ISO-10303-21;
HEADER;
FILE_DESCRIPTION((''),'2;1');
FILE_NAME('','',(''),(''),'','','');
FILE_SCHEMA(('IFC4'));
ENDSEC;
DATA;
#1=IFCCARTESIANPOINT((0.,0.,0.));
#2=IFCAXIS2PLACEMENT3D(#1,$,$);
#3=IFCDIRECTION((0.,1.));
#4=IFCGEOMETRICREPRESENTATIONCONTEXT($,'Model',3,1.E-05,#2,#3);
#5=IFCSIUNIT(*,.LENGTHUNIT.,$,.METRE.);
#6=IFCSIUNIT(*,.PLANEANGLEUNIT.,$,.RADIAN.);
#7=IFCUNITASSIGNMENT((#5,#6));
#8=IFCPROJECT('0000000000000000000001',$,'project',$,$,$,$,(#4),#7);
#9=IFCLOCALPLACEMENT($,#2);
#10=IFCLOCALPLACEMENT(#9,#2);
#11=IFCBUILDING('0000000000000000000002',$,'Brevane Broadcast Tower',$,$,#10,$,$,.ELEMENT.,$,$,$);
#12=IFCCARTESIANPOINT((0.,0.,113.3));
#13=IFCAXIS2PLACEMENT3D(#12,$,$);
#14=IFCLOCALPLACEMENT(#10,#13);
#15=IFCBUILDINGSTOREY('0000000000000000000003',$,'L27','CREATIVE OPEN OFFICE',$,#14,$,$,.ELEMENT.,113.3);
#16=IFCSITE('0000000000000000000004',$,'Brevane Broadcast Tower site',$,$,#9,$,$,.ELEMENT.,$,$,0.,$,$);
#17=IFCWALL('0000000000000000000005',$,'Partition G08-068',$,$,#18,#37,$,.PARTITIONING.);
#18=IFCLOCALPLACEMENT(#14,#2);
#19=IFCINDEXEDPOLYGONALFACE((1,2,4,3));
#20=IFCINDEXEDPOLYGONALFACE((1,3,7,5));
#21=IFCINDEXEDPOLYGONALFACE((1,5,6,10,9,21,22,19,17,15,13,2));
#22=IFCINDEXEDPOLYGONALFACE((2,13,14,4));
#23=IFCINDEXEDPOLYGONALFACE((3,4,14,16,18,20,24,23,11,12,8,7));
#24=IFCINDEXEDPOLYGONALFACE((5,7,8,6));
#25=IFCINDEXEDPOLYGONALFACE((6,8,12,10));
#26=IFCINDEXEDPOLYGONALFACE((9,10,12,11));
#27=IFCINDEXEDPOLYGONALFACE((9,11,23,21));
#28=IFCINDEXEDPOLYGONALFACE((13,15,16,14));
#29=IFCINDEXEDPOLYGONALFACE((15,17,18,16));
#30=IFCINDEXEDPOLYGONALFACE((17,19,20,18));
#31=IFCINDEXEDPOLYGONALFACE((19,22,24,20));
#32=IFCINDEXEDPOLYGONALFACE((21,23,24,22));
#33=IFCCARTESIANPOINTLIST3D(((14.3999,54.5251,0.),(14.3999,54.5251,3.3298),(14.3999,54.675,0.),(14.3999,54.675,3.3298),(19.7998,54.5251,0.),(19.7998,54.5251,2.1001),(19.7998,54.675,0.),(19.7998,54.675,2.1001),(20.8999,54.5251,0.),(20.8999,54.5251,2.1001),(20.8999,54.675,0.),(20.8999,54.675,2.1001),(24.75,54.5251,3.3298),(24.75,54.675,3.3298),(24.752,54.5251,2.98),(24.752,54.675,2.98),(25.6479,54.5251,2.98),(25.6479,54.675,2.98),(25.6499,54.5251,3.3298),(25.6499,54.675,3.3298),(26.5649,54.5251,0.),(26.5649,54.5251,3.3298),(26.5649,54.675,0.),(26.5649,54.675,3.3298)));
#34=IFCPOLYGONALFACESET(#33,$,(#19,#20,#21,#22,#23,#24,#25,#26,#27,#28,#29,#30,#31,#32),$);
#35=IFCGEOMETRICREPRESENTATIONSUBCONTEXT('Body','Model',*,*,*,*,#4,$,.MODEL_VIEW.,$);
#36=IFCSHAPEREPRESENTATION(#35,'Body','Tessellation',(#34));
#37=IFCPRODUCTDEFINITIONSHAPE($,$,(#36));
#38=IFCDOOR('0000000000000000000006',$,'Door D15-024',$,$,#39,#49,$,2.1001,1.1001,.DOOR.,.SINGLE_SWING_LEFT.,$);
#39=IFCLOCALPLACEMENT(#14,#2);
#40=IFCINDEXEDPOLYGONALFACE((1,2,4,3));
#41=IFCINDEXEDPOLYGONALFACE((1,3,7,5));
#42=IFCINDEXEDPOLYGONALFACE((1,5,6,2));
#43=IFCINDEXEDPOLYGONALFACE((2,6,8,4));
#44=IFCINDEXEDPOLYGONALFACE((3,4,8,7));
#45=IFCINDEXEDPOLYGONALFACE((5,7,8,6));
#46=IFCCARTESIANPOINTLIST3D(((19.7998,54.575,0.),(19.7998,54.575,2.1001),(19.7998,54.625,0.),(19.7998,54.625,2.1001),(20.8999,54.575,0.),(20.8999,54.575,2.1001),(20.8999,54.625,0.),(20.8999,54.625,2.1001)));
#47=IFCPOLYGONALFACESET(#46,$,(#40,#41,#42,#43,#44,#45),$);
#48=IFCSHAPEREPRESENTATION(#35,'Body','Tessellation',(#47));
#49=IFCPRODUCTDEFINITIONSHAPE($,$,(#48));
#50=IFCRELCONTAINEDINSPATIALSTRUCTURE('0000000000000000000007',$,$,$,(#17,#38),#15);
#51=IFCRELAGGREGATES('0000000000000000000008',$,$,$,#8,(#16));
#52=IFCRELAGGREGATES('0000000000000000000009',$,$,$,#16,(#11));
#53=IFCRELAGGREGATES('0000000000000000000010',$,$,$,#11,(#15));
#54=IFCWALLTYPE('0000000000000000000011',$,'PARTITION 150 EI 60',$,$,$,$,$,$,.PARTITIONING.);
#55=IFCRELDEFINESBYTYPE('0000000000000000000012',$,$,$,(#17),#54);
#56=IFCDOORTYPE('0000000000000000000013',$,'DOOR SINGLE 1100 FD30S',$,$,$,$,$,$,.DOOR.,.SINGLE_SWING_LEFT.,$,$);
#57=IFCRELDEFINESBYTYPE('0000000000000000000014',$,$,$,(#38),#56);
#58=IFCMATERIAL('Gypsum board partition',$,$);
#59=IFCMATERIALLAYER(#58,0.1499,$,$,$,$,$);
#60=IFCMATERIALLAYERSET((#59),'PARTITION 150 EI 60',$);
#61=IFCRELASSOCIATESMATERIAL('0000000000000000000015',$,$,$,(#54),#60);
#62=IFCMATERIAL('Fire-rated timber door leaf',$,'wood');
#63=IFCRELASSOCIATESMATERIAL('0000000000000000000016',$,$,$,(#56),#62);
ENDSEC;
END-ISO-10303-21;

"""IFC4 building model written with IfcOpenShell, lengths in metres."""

from ifc_helpers import new_model, si_unit, direction, frame, frame_2d, origin, place, context, subcontext, project, spatial, polyline, rectangle, outline, extrude, material, layer, layer_set, type_object, element, fill, save


model = new_model("IFC4")

# Units and contexts
model_context = context("Model", 3, precision=1e-05, world=origin(), true_north=direction((0.0, 1.0)))
body_context = subcontext(model_context, "Body", "Model", "MODEL_VIEW")
ifc_project = project(units=[si_unit("LENGTHUNIT", "METRE"), si_unit("PLANEANGLEUNIT", "RADIAN")], contexts=[model_context])

# Site, building, storey
site_placement = place(None, origin())
site = spatial("IfcSite", under=ifc_project, at=site_placement, Name="Brevane Broadcast Tower site", CompositionType="ELEMENT", RefElevation=0.0)
building_placement = place(site_placement, origin())
building = spatial("IfcBuilding", under=site, at=building_placement, Name="Brevane Broadcast Tower", CompositionType="ELEMENT")
storey_placement = place(building_placement, frame((0.0, 0.0, 113.3)))
storey = spatial("IfcBuildingStorey", under=building, at=storey_placement, Name="L27", Description="CREATIVE OPEN OFFICE", CompositionType="ELEMENT", Elevation=113.3)

# Shared definitions
ifc_material_1 = material(Name="Gypsum board partition")

# Shared definitions
ifc_layer_1 = layer(ifc_material_1, 0.1499)
ifc_layer_set_1 = layer_set([ifc_layer_1], Name="PARTITION 150 EI 60")
wall_type_1 = type_object("IfcWallType", Name="PARTITION 150 EI 60", PredefinedType="PARTITIONING", material=ifc_layer_set_1)
ifc_material_2 = material(Name="Fire-rated timber door leaf", Category="wood")

# Wall, opening, door
door_type_1 = type_object("IfcDoorType", Name="DOOR SINGLE 1100 FD30S", OperationType="SINGLE_SWING_LEFT", PredefinedType="DOOR", material=ifc_material_2)
wall_1_placement = place(storey_placement, frame((14.3999, 54.6001, 0.0), z_axis=(0.0, 0.0, 1.0), x_axis=(1.0, 0.0, 0.0)))
wall_1 = element("IfcWall", 1, at=wall_1_placement, inside=storey, type_object=wall_type_1, Name="Partition G08-068", PredefinedType="PARTITIONING", context=body_context, shape_type="SweptSolid", body=[
    extrude(outline(polyline([(0.0, 0.0), (12.165, 0.0), (12.165, 3.3298), (11.8999, 3.3298), (11.25, 3.3298), (11.248, 2.98), (10.3521, 2.98), (10.3501, 3.3298), (0.0, 3.3298), (0.0, 0.0)])), frame((0.0, 0.075, 0.0), z_axis=(0.0, -1.0, 0.0), x_axis=(1.0, 0.0, 0.0)), (0.0, 0.0, 1.0), 0.1499),
])
opening_1_placement = place(wall_1_placement, frame((5.3999, 0.0, 0.0)))
opening_1 = element("IfcOpeningElement", 2, at=opening_1_placement, cuts=wall_1, PredefinedType="OPENING", context=body_context, shape_type="SweptSolid", body=[
    extrude(rectangle(XDim=1.1001, YDim=2.1001, at=frame_2d((0.55, 1.05))), frame((0.0, 0.085, 0.0), z_axis=(0.0, -1.0, 0.0), x_axis=(1.0, 0.0, 0.0)), (0.0, 0.0, 1.0), 0.1699),
])
door_1_placement = place(opening_1_placement, origin())
door_1 = element("IfcDoor", 3, at=door_1_placement, inside=storey, type_object=door_type_1, Name="Door D15-024", OperationType="SINGLE_SWING_LEFT", OverallHeight=2.1001, OverallWidth=1.1001, PredefinedType="DOOR", context=body_context, shape_type="SweptSolid", body=[
    extrude(rectangle(XDim=1.1001, YDim=2.1001, at=frame_2d((0.55, 1.05))), frame((0.0, 0.0249, 0.0), z_axis=(0.0, -1.0, 0.0), x_axis=(1.0, 0.0, 0.0)), (0.0, 0.0, 1.0), 0.05),
])
fill(opening_1, door_1)

save(model, "model.ifc")
